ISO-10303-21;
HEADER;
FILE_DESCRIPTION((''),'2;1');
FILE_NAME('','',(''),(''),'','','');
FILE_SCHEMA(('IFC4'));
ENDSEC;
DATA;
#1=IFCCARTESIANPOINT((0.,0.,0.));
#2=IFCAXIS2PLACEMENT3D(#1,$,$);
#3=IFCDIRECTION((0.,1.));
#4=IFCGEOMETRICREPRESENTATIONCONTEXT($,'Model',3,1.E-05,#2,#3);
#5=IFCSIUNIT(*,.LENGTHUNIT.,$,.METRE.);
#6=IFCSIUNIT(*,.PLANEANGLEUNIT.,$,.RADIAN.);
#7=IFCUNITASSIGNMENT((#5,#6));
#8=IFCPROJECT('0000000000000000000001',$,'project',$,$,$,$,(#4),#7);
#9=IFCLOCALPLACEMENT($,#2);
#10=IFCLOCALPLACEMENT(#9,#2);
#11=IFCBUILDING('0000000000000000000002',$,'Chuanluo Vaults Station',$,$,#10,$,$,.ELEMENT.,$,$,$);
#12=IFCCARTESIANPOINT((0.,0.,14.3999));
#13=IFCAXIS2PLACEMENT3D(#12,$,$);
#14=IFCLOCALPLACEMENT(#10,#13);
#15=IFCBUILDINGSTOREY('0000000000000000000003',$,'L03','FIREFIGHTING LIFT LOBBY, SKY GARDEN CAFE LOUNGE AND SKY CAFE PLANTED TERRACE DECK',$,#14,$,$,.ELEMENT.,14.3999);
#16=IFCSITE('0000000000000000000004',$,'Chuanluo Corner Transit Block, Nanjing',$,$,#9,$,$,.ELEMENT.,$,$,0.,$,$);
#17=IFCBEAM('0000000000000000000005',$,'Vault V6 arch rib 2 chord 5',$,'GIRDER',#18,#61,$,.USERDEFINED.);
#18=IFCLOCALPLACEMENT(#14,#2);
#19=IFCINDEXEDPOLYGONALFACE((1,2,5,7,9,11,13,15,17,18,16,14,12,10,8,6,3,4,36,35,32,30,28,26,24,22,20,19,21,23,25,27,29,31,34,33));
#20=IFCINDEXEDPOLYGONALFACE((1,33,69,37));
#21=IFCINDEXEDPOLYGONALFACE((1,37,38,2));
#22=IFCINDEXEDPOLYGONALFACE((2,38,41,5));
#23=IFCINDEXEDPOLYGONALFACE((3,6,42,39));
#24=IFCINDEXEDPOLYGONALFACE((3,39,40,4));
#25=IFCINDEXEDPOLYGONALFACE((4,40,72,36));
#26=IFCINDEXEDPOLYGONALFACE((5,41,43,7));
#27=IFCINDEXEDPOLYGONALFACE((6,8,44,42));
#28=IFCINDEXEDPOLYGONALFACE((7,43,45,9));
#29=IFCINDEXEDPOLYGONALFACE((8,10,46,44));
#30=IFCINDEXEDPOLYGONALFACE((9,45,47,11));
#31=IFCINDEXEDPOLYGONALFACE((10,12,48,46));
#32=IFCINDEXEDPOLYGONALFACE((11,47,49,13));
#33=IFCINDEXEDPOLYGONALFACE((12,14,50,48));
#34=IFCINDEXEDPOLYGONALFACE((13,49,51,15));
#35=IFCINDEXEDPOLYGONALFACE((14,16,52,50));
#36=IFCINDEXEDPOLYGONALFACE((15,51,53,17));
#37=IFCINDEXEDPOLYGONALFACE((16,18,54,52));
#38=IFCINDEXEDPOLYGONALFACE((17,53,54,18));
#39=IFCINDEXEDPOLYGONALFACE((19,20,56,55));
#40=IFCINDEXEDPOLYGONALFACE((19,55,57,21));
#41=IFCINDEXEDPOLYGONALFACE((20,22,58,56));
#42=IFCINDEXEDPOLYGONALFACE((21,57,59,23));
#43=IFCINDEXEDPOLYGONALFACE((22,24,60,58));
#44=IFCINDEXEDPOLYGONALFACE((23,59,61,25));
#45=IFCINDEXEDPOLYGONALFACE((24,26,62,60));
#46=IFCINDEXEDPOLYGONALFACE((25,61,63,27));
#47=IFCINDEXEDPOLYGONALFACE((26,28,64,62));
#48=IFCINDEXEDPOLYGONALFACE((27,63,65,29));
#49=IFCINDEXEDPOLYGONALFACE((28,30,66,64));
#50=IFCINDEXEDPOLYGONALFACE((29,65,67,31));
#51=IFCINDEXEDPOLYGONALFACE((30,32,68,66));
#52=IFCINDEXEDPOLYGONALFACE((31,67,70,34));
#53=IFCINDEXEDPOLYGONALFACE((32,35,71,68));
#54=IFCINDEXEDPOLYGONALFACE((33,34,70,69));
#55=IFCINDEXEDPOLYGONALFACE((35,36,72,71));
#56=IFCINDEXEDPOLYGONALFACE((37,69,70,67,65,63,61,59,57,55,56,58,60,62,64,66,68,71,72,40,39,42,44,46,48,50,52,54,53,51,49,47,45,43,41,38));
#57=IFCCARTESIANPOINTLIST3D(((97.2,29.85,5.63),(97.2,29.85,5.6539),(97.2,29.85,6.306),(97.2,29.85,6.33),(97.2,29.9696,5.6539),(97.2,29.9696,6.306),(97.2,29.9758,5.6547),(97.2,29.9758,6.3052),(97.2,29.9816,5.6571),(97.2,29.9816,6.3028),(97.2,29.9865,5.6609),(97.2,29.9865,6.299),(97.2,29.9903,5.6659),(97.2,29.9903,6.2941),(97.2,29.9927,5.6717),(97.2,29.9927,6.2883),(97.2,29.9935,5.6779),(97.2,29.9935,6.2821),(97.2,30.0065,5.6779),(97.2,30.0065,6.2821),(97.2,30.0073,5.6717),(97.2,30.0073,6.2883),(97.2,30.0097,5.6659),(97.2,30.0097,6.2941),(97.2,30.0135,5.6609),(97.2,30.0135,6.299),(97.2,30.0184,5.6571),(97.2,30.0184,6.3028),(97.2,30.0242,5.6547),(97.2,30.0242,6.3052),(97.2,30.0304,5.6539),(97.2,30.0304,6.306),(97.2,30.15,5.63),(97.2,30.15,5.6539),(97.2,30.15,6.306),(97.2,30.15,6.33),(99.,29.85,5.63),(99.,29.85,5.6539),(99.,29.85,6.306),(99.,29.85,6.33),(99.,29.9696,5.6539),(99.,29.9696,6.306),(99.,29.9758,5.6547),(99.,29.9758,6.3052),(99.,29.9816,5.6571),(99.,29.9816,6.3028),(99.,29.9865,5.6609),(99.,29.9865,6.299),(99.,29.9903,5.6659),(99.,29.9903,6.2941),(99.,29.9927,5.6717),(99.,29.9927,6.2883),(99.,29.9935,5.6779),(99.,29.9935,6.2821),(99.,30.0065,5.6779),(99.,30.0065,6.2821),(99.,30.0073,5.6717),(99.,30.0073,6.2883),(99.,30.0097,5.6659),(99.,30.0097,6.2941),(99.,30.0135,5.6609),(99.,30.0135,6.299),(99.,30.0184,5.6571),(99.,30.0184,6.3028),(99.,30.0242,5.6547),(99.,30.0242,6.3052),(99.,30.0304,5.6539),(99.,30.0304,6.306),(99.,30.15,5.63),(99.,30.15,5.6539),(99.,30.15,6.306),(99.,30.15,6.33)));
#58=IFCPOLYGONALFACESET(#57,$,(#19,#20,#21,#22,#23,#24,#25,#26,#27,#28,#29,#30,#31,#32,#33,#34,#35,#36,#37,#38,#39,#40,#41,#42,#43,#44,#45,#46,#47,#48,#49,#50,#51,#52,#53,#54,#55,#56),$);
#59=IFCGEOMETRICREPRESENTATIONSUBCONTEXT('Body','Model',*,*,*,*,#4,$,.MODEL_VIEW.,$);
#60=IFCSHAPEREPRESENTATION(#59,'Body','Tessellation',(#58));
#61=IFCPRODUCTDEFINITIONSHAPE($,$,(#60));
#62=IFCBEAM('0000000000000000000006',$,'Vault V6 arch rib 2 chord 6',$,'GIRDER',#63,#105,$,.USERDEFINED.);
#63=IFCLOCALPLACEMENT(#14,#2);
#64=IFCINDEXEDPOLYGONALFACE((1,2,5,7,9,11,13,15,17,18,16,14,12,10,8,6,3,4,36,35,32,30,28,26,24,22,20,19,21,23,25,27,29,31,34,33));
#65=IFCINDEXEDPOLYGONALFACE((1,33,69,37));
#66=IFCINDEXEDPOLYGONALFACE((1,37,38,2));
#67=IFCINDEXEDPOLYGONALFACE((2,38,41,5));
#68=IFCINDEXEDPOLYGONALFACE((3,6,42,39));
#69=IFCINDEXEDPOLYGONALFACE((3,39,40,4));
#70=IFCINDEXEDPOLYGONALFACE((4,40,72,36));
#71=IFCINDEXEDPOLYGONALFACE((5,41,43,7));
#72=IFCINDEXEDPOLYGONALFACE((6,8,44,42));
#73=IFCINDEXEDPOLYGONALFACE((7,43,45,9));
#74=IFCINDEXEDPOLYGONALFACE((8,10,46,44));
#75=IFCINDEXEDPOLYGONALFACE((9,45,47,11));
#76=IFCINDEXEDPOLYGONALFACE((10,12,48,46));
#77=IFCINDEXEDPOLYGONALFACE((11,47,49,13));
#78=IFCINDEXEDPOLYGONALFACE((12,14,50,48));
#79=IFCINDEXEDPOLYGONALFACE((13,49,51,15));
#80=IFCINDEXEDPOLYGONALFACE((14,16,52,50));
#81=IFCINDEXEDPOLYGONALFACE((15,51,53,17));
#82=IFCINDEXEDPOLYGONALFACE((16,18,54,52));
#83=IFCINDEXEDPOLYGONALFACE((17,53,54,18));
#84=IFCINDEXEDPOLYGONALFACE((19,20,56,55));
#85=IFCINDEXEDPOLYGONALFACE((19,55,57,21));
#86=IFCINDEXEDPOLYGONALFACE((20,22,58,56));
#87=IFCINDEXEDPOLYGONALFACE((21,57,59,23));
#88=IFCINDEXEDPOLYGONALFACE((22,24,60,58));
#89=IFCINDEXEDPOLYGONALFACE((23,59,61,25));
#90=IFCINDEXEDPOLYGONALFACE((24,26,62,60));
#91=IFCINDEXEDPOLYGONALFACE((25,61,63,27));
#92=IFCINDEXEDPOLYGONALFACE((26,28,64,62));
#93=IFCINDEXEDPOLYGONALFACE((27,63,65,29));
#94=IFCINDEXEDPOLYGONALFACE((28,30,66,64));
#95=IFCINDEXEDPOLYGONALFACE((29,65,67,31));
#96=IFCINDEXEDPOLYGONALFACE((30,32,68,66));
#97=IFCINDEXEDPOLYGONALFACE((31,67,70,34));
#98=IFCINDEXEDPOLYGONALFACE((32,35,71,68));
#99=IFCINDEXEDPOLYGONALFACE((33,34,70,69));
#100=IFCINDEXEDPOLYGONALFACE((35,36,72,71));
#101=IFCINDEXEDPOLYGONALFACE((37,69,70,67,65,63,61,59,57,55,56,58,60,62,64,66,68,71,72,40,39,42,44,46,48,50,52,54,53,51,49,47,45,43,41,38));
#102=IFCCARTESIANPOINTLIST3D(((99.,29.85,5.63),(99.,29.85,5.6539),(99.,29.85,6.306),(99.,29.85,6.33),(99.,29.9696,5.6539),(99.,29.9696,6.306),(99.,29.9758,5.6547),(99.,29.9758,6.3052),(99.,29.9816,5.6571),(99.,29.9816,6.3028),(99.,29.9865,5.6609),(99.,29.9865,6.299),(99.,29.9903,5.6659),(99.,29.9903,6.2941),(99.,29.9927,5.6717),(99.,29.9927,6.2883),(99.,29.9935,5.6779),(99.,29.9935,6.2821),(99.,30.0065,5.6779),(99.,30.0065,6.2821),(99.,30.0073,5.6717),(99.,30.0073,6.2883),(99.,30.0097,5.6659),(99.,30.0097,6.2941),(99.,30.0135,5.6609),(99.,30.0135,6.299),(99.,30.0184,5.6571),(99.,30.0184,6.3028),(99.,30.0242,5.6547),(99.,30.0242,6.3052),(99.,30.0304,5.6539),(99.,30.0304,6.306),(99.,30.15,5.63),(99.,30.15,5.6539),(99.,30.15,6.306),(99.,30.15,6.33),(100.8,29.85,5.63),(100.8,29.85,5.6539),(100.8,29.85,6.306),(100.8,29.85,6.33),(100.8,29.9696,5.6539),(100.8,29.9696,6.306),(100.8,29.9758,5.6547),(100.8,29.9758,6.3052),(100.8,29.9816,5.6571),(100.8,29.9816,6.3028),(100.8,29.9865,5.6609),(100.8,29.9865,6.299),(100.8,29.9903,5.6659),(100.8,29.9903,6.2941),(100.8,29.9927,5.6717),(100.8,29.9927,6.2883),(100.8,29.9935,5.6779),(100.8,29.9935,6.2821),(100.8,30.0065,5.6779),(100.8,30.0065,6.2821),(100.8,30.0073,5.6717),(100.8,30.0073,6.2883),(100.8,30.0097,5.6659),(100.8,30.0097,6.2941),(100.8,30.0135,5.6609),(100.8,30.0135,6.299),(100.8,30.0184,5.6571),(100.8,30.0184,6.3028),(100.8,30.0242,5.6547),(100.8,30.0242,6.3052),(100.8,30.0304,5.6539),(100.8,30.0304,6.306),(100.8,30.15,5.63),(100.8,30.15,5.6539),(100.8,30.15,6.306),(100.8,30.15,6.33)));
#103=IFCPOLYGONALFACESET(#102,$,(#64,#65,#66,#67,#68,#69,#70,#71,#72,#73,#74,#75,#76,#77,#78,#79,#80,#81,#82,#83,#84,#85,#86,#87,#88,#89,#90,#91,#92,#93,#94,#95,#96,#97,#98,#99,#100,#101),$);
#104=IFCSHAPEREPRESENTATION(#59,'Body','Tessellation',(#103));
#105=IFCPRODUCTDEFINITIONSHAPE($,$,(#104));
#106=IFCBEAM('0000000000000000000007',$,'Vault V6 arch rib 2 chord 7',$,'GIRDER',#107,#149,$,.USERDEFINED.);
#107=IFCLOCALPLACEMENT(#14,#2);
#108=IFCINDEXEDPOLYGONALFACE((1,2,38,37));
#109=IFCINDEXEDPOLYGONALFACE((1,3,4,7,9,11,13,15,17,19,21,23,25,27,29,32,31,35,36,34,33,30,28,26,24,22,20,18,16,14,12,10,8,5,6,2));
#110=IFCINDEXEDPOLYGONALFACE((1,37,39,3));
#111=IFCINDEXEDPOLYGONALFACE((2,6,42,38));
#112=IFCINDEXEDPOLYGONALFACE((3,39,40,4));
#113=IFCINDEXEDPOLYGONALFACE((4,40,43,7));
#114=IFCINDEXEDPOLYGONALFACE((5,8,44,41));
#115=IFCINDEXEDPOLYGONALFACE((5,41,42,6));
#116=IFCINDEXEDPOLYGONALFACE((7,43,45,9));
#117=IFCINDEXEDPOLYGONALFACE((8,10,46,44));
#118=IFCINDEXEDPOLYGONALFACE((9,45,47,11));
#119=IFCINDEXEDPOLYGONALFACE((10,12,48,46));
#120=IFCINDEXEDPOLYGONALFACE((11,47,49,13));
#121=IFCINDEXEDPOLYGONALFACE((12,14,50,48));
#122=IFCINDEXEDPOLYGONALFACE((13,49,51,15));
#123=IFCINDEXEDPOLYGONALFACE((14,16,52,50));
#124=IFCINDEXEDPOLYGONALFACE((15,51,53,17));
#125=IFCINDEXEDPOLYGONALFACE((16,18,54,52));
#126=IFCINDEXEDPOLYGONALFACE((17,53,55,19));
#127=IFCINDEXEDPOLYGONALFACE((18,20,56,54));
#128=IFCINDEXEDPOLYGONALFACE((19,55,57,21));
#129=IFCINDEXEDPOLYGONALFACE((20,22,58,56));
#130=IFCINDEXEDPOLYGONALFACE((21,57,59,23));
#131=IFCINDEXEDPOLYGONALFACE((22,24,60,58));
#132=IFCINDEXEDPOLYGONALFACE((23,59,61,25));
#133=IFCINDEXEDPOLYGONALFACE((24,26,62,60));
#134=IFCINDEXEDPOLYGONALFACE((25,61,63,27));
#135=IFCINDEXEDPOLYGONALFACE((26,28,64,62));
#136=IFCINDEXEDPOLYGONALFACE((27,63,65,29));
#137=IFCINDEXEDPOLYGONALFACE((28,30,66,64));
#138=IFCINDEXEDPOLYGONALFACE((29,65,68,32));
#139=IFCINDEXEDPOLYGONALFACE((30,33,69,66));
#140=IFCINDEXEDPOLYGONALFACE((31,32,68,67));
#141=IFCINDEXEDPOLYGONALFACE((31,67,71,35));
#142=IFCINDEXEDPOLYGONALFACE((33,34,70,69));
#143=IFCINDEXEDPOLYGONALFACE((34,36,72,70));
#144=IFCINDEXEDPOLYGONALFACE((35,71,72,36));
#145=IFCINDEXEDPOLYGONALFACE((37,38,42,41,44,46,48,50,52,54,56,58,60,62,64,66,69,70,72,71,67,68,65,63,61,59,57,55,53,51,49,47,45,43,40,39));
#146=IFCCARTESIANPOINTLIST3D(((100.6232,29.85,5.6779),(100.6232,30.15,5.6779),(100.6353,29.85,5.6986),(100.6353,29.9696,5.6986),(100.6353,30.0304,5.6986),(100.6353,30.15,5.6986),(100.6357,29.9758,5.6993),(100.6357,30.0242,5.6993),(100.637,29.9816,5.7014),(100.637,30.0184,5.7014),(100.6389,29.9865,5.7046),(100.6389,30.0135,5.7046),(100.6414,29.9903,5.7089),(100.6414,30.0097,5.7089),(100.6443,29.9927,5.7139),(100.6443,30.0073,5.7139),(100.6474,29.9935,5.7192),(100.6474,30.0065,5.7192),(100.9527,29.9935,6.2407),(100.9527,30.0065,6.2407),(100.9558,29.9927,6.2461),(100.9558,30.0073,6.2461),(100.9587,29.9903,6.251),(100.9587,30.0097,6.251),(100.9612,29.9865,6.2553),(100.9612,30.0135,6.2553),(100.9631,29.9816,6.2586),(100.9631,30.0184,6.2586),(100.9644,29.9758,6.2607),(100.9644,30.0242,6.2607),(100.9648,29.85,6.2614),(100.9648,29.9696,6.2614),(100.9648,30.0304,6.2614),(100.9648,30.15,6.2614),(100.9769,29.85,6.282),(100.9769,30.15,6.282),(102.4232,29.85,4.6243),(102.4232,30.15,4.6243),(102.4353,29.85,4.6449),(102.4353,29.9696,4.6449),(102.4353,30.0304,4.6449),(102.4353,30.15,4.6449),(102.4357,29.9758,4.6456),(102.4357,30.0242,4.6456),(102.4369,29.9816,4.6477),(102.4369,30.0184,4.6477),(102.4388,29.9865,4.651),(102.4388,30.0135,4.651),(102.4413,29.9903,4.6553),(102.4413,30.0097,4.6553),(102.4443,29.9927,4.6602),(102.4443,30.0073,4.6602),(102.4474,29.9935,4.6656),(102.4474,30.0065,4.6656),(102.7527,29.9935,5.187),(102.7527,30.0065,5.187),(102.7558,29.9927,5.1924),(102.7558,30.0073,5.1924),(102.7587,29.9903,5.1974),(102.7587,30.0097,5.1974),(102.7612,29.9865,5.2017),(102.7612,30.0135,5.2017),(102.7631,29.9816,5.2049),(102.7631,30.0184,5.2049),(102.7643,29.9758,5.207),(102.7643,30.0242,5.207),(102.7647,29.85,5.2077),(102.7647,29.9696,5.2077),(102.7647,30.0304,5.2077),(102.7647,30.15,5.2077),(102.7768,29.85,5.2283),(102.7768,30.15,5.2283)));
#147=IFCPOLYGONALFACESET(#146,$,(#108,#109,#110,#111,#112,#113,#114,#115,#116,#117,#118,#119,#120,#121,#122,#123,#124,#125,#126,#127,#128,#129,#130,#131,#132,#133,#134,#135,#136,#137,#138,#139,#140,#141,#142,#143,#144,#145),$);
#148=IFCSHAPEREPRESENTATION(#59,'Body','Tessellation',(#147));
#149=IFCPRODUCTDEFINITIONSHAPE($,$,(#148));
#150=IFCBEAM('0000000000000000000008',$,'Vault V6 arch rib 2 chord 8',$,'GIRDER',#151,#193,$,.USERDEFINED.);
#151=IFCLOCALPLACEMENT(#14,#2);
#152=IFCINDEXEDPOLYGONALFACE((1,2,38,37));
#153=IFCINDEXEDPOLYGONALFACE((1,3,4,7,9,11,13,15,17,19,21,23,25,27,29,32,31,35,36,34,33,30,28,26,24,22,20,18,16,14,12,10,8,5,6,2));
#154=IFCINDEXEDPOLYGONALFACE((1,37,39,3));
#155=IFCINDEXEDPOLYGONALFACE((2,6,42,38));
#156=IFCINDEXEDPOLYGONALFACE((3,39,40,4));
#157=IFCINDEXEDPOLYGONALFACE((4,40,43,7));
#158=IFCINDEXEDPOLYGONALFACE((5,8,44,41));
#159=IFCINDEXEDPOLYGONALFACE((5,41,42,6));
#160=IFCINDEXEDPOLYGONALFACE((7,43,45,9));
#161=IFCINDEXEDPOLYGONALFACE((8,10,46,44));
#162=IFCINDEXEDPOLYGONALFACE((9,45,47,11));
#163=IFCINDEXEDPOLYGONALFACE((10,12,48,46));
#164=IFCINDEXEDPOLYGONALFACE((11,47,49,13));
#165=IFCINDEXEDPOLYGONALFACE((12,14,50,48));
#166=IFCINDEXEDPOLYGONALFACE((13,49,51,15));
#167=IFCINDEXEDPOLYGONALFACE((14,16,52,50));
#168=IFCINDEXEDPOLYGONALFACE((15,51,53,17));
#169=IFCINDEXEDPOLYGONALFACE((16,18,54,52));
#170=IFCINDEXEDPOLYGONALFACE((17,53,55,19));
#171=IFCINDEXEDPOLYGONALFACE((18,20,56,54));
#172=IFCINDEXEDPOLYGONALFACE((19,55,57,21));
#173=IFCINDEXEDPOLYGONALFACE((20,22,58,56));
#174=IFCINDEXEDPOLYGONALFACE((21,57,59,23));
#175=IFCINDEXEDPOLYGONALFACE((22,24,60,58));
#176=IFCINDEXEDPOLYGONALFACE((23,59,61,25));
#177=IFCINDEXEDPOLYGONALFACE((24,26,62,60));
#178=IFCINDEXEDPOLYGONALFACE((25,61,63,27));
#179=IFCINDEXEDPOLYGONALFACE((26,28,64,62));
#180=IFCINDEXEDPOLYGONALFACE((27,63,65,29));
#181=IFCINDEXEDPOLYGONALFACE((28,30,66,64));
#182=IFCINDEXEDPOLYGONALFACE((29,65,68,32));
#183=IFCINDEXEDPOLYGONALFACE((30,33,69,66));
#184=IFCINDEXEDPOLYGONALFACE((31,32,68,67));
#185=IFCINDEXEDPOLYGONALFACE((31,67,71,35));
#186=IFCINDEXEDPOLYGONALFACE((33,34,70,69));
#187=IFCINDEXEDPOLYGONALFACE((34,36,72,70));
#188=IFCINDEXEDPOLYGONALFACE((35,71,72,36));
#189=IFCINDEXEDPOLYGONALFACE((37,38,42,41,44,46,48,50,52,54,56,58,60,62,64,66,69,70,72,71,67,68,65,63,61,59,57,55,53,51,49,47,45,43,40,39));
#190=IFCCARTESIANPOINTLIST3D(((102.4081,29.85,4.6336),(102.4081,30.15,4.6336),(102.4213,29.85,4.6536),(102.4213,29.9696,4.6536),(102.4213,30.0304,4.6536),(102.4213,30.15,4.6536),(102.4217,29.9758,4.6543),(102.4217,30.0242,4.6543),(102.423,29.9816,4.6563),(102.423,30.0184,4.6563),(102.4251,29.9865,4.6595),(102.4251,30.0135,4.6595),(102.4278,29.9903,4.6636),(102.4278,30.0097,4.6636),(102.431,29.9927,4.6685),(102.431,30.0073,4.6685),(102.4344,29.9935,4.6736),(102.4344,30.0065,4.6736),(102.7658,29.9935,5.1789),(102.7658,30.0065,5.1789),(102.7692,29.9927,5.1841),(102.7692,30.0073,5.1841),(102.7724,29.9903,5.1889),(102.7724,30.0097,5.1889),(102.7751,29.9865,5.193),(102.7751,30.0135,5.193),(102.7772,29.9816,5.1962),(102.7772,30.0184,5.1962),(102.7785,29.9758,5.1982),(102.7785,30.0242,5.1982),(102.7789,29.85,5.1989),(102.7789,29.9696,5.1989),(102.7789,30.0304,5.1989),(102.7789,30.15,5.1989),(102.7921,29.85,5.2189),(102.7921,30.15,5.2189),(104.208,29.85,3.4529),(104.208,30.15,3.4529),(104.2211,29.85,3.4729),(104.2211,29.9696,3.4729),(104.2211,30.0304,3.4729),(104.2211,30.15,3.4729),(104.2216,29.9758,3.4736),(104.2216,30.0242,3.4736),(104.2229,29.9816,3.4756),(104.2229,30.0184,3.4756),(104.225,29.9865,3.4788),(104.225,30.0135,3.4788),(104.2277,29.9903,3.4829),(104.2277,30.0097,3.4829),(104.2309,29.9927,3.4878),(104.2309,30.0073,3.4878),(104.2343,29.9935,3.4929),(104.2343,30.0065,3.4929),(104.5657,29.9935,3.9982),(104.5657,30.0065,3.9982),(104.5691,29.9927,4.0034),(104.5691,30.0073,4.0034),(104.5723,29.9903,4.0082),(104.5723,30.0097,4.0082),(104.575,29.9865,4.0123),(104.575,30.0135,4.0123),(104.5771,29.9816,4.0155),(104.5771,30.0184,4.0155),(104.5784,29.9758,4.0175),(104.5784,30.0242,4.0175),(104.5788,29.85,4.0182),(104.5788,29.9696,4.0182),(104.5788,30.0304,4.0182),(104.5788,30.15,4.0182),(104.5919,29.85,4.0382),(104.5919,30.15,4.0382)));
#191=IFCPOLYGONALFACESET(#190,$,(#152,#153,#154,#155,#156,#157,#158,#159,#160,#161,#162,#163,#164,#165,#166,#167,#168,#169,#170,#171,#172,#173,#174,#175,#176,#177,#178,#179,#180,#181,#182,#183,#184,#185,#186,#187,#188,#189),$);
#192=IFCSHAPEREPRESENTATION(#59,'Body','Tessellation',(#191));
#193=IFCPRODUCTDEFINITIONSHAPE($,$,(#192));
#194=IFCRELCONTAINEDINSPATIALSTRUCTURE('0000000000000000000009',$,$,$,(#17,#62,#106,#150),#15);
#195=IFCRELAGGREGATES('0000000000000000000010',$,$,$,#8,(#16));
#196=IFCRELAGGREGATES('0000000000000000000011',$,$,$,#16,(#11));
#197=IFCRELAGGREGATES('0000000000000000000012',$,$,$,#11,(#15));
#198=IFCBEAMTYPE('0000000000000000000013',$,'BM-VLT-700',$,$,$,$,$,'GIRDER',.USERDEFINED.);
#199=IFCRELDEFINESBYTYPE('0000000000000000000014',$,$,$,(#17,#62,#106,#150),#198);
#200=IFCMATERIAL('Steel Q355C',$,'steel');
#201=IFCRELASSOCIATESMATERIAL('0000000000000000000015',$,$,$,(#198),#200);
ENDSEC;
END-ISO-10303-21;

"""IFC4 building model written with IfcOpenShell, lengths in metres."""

from ifc_helpers import new_model, si_unit, direction, frame, origin, origin_2d, place, context, subcontext, project, spatial, i_section, extrude, material, material_profile, profile_set, type_object, element, save


model = new_model("IFC4")

# Units and contexts
model_context = context("Model", 3, precision=1e-05, world=origin(), true_north=direction((0.0, 1.0)))
body_context = subcontext(model_context, "Body", "Model", "MODEL_VIEW")
ifc_project = project(units=[si_unit("LENGTHUNIT", "METRE"), si_unit("PLANEANGLEUNIT", "RADIAN")], contexts=[model_context])

# Site, building, storey
site_placement = place(None, origin())
site = spatial("IfcSite", under=ifc_project, at=site_placement, Name="Chuanluo Corner Transit Block, Nanjing", CompositionType="ELEMENT", RefElevation=0.0)
building_placement = place(site_placement, origin())
building = spatial("IfcBuilding", under=site, at=building_placement, Name="Chuanluo Vaults Station", CompositionType="ELEMENT")
storey_placement = place(building_placement, frame((0.0, 0.0, 14.3999)))
storey = spatial("IfcBuildingStorey", under=building, at=storey_placement, Name="L03", Description="FIREFIGHTING LIFT LOBBY, SKY GARDEN CAFE LOUNGE AND SKY CAFE PLANTED TERRACE DECK", CompositionType="ELEMENT", Elevation=14.3999)

# Beams
ifc_material_1 = material(Name="Steel Q355C", Category="steel")
ifc_material_profile_1 = material_profile(ifc_material_1, i_section(OverallWidth=0.3, OverallDepth=0.7, WebThickness=0.0129, FlangeThickness=0.0239, FilletRadius=0.0239, at=origin_2d()))
ifc_profile_set_1 = profile_set([ifc_material_profile_1], Name="Steel Q355C")
beam_type = type_object("IfcBeamType", Name="BM-VLT-700", ElementType="GIRDER", PredefinedType="USERDEFINED", material=ifc_profile_set_1)
for number, where, z_axis, x_axis, name in (
    (1, (97.2, 30.0, 5.98), (1.0, 0.0, 0.0), (0.0, 1.0, 0.0), "Vault V6 arch rib 2 chord 5"),
    (2, (99.0, 30.0, 5.98), (1.0, 0.0, 0.0), (0.0, 1.0, 0.0), "Vault V6 arch rib 2 chord 6"),
):
    element("IfcBeam", number, at=place(storey_placement, frame(where, z_axis=z_axis, x_axis=x_axis)), inside=storey, type_object=beam_type, Name=name, ObjectType="GIRDER", PredefinedType="USERDEFINED", context=body_context, shape_type="SweptSolid", body=[
        extrude(i_section(OverallWidth=0.3, OverallDepth=0.7, WebThickness=0.0129, FlangeThickness=0.0239, FilletRadius=0.0239, at=origin_2d()), origin(), (0.0, 0.0, 1.0), 1.8),
    ])
beam_1_placement = place(storey_placement, frame((100.8, 30.0, 5.98), z_axis=(0.863009, 0.0, -0.505188), x_axis=(0.0, 1.0, 0.0)))
element("IfcBeam", 3, at=beam_1_placement, inside=storey, type_object=beam_type, Name="Vault V6 arch rib 2 chord 7", ObjectType="GIRDER", PredefinedType="USERDEFINED", context=body_context, shape_type="SweptSolid", body=[
    extrude(i_section(OverallWidth=0.3, OverallDepth=0.7, WebThickness=0.0129, FlangeThickness=0.0239, FilletRadius=0.0239, at=origin_2d()), origin(), (0.0, 0.0, 1.0), 2.0857),
])
beam_2_placement = place(storey_placement, frame((102.6001, 30.0, 4.9263), z_axis=(0.836145, 0.0, -0.548508), x_axis=(0.0, 1.0, 0.0)))
element("IfcBeam", 4, at=beam_2_placement, inside=storey, type_object=beam_type, Name="Vault V6 arch rib 2 chord 8", ObjectType="GIRDER", PredefinedType="USERDEFINED", context=body_context, shape_type="SweptSolid", body=[
    extrude(i_section(OverallWidth=0.3, OverallDepth=0.7, WebThickness=0.0129, FlangeThickness=0.0239, FilletRadius=0.0239, at=origin_2d()), origin(), (0.0, 0.0, 1.0), 2.1526),
])

save(model, "model.ifc")
